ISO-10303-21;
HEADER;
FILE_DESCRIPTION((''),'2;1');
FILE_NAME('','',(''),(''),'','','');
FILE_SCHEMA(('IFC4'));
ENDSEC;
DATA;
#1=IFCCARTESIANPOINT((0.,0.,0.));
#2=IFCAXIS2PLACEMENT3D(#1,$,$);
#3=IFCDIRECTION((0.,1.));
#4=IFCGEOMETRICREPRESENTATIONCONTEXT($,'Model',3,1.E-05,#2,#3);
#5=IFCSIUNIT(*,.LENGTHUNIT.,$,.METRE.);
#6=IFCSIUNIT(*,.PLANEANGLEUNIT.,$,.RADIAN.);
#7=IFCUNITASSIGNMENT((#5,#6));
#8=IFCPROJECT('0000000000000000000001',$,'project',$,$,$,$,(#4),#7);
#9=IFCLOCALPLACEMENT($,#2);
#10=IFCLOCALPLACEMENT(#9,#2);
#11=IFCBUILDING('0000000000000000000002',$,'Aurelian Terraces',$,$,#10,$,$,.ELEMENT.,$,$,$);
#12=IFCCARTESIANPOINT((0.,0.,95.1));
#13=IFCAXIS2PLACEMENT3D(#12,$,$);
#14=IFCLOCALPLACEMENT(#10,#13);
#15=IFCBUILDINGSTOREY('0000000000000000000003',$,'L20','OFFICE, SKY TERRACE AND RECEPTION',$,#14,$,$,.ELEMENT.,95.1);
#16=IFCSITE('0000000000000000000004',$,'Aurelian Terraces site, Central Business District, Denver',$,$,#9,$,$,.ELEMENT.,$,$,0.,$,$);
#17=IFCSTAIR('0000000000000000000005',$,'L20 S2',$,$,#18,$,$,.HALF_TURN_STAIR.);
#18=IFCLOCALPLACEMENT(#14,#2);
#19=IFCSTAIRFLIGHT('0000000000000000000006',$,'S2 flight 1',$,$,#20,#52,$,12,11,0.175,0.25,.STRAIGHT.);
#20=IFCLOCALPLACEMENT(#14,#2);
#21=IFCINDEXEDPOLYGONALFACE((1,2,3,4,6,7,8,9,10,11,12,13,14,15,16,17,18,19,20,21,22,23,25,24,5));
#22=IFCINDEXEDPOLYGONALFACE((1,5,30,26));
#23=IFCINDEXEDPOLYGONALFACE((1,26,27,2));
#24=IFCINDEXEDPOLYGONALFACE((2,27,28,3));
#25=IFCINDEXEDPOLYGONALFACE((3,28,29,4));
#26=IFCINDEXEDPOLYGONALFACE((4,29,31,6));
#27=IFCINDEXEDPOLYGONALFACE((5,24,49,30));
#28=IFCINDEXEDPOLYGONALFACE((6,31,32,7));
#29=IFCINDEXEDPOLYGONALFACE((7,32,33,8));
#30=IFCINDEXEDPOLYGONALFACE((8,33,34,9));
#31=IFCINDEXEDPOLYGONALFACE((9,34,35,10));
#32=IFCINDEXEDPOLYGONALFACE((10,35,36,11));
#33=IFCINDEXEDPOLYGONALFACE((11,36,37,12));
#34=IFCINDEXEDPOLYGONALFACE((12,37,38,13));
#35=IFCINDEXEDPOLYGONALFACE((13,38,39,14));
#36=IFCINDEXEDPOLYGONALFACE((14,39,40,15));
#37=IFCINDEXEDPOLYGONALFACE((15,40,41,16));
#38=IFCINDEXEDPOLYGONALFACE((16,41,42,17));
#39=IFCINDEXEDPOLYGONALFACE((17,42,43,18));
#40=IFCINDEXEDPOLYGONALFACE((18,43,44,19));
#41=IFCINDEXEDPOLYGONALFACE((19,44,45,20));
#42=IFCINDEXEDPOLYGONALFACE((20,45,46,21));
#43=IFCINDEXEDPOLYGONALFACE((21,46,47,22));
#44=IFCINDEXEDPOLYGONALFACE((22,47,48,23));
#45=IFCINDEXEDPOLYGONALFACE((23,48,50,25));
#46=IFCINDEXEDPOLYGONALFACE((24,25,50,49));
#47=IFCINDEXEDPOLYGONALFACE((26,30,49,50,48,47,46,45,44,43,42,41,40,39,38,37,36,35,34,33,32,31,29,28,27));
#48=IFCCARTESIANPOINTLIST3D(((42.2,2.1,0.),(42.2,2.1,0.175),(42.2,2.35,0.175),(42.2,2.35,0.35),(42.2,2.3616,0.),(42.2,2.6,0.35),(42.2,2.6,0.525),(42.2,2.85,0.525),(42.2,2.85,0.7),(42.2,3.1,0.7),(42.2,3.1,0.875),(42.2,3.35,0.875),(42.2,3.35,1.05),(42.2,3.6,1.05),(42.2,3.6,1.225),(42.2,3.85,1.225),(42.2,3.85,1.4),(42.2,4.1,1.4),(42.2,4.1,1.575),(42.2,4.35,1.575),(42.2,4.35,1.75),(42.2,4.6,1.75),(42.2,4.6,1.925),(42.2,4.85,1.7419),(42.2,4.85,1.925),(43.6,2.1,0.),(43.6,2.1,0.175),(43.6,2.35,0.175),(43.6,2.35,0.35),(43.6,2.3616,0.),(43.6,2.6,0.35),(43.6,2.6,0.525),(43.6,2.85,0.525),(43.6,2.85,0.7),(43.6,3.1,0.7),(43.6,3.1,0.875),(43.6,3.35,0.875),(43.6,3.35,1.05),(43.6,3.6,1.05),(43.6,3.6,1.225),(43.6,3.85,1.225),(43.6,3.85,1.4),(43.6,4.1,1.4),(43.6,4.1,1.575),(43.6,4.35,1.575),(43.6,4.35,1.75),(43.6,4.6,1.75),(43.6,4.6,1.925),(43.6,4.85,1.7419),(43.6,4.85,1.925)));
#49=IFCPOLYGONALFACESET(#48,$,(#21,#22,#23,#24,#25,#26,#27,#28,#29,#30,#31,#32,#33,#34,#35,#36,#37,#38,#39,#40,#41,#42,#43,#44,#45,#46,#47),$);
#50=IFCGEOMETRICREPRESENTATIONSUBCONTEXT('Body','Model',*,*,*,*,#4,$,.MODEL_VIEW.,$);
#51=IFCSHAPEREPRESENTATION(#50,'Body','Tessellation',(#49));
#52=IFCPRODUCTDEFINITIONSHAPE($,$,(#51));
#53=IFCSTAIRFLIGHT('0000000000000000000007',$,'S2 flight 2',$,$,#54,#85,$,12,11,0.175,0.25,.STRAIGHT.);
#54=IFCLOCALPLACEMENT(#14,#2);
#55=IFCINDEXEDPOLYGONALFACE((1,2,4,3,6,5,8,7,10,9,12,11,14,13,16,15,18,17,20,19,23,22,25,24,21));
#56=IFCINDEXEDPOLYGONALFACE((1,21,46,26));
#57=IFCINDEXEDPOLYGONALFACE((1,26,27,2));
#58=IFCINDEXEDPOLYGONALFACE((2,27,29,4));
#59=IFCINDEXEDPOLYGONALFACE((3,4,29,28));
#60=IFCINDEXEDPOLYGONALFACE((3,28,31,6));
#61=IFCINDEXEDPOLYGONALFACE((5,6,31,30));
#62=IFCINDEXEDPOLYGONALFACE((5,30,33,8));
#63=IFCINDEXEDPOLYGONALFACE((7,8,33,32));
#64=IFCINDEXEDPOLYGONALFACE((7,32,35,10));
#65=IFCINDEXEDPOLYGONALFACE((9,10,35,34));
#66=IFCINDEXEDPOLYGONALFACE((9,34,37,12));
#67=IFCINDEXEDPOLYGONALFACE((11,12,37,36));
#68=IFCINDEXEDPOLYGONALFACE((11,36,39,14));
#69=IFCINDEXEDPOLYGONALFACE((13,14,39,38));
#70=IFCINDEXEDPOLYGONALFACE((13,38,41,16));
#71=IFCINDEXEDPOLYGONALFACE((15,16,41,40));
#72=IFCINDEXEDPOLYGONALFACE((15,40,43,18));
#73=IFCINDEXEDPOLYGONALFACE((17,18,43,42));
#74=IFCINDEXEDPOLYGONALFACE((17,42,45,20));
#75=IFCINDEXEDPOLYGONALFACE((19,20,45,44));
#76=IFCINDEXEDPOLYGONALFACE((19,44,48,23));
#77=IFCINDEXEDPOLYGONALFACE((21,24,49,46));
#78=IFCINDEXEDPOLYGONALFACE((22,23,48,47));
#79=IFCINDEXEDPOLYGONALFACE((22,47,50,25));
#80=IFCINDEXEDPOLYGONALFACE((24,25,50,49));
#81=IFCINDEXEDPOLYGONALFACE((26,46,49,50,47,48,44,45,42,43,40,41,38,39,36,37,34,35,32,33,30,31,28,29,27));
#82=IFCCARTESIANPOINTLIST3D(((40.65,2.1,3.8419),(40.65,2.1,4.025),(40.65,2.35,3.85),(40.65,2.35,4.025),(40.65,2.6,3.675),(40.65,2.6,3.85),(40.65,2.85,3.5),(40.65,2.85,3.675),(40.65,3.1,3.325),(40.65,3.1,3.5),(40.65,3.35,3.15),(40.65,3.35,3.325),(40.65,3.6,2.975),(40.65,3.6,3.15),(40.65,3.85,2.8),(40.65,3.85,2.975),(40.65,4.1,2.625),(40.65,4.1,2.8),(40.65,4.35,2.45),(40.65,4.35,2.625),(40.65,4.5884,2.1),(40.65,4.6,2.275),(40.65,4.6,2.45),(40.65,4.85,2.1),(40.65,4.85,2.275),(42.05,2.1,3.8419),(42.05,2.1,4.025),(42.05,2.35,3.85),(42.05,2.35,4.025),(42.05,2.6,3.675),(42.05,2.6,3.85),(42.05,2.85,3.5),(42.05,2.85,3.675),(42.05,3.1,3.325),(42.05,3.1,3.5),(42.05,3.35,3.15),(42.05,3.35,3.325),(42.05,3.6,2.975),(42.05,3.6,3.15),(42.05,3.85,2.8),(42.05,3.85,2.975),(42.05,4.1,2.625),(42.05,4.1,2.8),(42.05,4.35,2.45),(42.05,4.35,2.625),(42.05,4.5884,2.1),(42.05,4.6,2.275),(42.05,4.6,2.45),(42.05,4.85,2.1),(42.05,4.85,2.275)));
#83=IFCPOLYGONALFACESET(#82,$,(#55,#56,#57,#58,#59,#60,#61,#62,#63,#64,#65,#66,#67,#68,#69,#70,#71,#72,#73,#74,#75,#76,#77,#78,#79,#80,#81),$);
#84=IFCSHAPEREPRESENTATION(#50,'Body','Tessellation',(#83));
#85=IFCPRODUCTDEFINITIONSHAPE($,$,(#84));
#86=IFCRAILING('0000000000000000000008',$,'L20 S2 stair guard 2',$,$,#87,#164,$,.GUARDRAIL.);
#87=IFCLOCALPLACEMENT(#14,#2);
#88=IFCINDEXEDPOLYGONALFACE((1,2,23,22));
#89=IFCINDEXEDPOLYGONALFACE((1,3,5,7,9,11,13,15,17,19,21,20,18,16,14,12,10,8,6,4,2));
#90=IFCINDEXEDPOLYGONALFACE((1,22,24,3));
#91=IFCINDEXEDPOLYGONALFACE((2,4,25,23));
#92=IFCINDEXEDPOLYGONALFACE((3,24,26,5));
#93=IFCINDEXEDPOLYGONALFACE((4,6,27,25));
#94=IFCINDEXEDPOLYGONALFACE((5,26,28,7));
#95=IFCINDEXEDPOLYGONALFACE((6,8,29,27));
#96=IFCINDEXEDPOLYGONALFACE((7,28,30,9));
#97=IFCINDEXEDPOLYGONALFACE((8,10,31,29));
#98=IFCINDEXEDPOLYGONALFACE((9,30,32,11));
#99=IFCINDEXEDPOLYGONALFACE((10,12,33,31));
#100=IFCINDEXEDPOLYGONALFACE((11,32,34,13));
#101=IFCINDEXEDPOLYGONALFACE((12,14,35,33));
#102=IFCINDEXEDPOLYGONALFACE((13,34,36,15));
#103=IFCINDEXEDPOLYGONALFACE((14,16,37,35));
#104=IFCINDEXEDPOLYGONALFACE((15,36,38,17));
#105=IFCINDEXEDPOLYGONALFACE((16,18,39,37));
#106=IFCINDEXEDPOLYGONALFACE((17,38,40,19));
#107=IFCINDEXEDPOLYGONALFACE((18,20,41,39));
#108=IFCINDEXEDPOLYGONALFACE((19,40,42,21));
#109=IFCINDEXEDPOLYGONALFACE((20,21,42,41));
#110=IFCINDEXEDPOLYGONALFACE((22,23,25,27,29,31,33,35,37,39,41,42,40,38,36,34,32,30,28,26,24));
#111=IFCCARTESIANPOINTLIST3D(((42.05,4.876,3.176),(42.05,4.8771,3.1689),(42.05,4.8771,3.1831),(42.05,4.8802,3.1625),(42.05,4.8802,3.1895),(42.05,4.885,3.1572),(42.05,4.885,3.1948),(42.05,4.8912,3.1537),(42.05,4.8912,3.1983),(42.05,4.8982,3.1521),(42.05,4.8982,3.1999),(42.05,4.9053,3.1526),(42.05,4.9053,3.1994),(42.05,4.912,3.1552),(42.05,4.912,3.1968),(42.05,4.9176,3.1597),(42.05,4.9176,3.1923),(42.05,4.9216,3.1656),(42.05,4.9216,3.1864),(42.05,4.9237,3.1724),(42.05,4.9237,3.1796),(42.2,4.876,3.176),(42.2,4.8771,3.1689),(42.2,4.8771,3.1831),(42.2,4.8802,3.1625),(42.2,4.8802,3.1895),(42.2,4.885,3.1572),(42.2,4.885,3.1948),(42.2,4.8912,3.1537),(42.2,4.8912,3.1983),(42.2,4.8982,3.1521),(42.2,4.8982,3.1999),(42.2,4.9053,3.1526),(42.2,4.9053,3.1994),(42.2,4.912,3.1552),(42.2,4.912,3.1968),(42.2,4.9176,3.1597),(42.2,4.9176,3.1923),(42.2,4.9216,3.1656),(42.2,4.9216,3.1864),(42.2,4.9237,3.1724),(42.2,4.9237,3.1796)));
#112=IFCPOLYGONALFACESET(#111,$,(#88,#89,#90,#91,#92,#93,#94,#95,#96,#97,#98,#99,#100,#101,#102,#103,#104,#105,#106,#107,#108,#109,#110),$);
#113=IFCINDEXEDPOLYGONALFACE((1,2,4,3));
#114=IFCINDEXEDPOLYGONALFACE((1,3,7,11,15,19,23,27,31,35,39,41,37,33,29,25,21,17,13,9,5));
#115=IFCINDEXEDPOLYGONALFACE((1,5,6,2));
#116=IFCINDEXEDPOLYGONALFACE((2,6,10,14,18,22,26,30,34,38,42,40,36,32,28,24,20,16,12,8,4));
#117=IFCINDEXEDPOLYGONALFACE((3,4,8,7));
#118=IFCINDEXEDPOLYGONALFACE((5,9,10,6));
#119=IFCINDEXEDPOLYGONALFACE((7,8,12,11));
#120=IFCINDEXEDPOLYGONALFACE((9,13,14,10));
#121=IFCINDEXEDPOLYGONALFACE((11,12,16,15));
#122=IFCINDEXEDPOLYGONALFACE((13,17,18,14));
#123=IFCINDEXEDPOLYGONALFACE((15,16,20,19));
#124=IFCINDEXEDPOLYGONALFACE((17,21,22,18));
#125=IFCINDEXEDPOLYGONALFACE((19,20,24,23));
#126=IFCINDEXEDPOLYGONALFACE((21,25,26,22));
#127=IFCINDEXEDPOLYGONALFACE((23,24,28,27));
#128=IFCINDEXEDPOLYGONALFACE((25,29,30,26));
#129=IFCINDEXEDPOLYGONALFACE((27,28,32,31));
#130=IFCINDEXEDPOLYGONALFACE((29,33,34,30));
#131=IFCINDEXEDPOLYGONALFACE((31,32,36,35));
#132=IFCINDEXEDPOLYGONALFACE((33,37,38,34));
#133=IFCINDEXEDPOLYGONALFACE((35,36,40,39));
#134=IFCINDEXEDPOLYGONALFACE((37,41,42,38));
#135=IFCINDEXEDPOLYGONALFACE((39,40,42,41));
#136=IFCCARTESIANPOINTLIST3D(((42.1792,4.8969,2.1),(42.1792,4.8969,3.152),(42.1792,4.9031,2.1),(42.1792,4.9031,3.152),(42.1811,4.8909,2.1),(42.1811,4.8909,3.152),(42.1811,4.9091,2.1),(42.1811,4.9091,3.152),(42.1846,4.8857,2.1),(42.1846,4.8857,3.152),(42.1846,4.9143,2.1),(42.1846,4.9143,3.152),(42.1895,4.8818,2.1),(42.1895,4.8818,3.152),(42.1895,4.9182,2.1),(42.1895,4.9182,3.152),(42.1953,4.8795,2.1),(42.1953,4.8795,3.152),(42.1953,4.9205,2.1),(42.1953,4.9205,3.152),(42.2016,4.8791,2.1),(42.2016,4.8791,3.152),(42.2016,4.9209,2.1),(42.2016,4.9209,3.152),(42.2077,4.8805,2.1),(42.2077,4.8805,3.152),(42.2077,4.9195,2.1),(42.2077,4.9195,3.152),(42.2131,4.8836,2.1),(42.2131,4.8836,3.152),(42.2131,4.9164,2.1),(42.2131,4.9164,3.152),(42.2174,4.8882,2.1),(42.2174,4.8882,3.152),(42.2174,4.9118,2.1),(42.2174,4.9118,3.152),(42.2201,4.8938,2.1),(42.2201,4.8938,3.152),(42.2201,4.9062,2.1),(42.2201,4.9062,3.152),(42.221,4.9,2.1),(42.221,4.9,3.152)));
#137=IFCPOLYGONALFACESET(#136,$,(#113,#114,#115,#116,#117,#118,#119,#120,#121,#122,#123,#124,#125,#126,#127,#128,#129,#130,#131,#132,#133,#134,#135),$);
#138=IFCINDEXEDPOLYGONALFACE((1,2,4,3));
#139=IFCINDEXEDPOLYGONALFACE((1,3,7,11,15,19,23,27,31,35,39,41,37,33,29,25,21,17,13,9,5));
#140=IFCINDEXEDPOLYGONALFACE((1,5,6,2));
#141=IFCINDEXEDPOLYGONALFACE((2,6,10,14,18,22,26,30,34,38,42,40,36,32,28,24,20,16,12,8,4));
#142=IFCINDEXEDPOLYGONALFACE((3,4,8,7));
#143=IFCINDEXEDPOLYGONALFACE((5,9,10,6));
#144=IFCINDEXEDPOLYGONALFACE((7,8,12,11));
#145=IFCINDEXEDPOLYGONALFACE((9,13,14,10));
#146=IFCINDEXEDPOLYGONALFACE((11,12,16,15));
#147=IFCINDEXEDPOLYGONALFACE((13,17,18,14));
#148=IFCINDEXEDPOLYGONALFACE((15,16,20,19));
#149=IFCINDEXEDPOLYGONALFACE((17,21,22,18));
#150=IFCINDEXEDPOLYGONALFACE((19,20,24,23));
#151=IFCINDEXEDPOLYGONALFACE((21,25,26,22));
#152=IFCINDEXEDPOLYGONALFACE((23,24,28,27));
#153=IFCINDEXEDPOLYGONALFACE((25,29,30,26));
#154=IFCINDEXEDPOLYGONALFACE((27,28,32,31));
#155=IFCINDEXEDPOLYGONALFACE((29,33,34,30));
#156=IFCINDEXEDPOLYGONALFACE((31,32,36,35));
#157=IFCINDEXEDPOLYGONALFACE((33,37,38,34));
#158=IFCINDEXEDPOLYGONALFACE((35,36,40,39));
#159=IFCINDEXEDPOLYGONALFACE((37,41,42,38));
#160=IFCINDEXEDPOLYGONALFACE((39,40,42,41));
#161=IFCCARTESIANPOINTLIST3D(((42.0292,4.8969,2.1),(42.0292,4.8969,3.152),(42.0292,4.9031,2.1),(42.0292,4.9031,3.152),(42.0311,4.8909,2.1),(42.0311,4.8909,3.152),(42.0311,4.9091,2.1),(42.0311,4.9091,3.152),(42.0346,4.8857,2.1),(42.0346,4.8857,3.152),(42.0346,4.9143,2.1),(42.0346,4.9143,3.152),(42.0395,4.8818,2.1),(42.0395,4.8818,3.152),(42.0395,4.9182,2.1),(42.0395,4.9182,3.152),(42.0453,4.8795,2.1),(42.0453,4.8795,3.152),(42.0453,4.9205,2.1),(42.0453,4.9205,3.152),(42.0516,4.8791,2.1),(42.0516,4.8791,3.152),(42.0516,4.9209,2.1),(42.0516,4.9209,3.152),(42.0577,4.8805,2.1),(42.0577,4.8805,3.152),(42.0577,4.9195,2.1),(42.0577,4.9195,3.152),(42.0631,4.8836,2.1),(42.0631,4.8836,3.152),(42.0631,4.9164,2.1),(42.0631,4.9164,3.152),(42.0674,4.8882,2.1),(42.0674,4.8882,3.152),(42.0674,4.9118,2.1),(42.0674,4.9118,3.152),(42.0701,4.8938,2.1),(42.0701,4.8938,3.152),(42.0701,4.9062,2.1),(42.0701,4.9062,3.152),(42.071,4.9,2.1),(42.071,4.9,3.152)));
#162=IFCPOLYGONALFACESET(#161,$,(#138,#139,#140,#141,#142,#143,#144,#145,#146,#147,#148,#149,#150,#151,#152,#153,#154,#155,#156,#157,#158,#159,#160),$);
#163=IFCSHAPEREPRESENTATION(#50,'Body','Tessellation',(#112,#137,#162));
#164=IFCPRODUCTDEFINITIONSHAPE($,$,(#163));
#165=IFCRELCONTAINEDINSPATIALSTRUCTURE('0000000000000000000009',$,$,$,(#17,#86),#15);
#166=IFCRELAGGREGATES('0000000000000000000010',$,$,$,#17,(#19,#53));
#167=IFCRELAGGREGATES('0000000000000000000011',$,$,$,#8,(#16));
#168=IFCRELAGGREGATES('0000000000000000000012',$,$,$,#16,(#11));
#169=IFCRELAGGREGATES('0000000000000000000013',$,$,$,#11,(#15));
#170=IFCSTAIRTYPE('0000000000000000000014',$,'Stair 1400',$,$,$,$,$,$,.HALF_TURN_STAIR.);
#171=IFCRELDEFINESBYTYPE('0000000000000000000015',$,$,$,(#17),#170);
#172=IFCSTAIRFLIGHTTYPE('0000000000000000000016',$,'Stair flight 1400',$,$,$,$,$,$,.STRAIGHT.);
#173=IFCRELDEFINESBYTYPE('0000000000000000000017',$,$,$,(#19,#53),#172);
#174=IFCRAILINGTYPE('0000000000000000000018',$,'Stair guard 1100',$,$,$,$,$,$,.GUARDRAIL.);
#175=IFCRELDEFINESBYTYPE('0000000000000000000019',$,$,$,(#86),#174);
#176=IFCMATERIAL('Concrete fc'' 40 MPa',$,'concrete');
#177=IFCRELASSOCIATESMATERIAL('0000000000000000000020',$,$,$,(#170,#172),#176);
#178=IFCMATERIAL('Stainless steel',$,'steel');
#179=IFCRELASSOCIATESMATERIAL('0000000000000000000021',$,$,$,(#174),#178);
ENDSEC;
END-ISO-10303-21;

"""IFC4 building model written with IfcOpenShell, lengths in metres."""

from ifc_helpers import new_model, si_unit, direction, frame, origin, origin_2d, place, context, subcontext, project, spatial, polyline, circle, outline, extrude, source, transform, mapped, material, type_object, element, aggregate, save


model = new_model("IFC4")

# Units and contexts
model_context = context("Model", 3, precision=1e-05, world=origin(), true_north=direction((0.0, 1.0)))
body_context = subcontext(model_context, "Body", "Model", "MODEL_VIEW")
ifc_project = project(units=[si_unit("LENGTHUNIT", "METRE"), si_unit("PLANEANGLEUNIT", "RADIAN")], contexts=[model_context])

# Site, building, storey
site_placement = place(None, origin())
site = spatial("IfcSite", under=ifc_project, at=site_placement, Name="Aurelian Terraces site, Central Business District, Denver", CompositionType="ELEMENT", RefElevation=0.0)
building_placement = place(site_placement, origin())
building = spatial("IfcBuilding", under=site, at=building_placement, Name="Aurelian Terraces", CompositionType="ELEMENT")
storey_placement = place(building_placement, frame((0.0, 0.0, 95.1)))
storey = spatial("IfcBuildingStorey", under=building, at=storey_placement, Name="L20", Description="OFFICE, SKY TERRACE AND RECEPTION", CompositionType="ELEMENT", Elevation=95.1)

# Shared definitions
ifc_material_1 = material(Name="Concrete fc' 40 MPa", Category="concrete")

# Stair, stair flights
stair_type = type_object("IfcStairType", Name="Stair 1400", PredefinedType="HALF_TURN_STAIR", material=ifc_material_1)
stair_placement = place(storey_placement, origin())
stair = element("IfcStair", 1, at=stair_placement, inside=storey, type_object=stair_type, Name="L20 S2", PredefinedType="HALF_TURN_STAIR")
stair_flight_type = type_object("IfcStairFlightType", Name="Stair flight 1400", PredefinedType="STRAIGHT", material=ifc_material_1)
shared_shape_1 = source(origin(), body_context, "Body", "SweptSolid", [
    extrude(outline(polyline([(0.0, 0.0), (0.0, 0.175), (0.25, 0.175), (0.25, 0.35), (0.5, 0.35), (0.5, 0.525), (0.75, 0.525), (0.75, 0.7), (1.0, 0.7), (1.0, 0.875), (1.25, 0.875), (1.25, 1.05), (1.5, 1.05), (1.5, 1.225), (1.75, 1.225), (1.75, 1.4), (2.0, 1.4), (2.0, 1.575), (2.25, 1.575), (2.25, 1.75), (2.5, 1.75), (2.5, 1.925), (2.75, 1.925), (2.75, 2.1), (2.75, 1.7419), (0.2616, 0.0), (0.0, 0.0)])), frame((0.0, 0.7, 0.0), z_axis=(0.0, -1.0, 0.0), x_axis=(1.0, 0.0, 0.0)), (0.0, 0.0, 1.0), 1.4),
])
stair_flight_1_placement = place(storey_placement, frame((42.9, 2.1, 0.0), z_axis=(0.0, 0.0, 1.0), x_axis=(0.0, 1.0, 0.0)))
stair_flight_1 = element("IfcStairFlight", 2, at=stair_flight_1_placement, type_object=stair_flight_type, Name="S2 flight 1", NumberOfRisers=12, NumberOfTreads=11, PredefinedType="STRAIGHT", RiserHeight=0.175, TreadLength=0.25, context=body_context, shape_type="MappedRepresentation", body=[
    mapped(shared_shape_1, transform((0.0, 0.0, 0.0), scale=1.0)),
])
stair_flight_2_placement = place(storey_placement, frame((41.35, 4.85, 2.1), z_axis=(0.0, 0.0, 1.0), x_axis=(0.0, -1.0, 0.0)))
stair_flight_2 = element("IfcStairFlight", 3, at=stair_flight_2_placement, type_object=stair_flight_type, Name="S2 flight 2", NumberOfRisers=12, NumberOfTreads=11, PredefinedType="STRAIGHT", RiserHeight=0.175, TreadLength=0.25, context=body_context, shape_type="MappedRepresentation", body=[
    mapped(shared_shape_1, transform((0.0, 0.0, 0.0), scale=1.0)),
])
aggregate(stair, [stair_flight_1, stair_flight_2])

# Railing
ifc_material_2 = material(Name="Stainless steel", Category="steel")
railing_type_1 = type_object("IfcRailingType", Name="Stair guard 1100", PredefinedType="GUARDRAIL", material=ifc_material_2)
shared_shape_2 = source(origin(), body_context, "Body", "SweptSolid", [
    extrude(circle(Radius=0.024, at=origin_2d()), frame((0.0, 0.0, 1.076), z_axis=(-1.0, 0.0, 0.0), x_axis=(0.0, -1.0, 0.0)), (0.0, 0.0, 1.0), 0.15),
    extrude(circle(Radius=0.021, at=origin_2d()), origin(), (0.0, 0.0, 1.0), 1.052),
    extrude(circle(Radius=0.021, at=origin_2d()), frame((-0.15, 0.0, 0.0)), (0.0, 0.0, 1.0), 1.052),
])
for number, where, name in (
    (4, (42.2, 4.9, 2.1), "L20 S2 stair guard 2"),
):
    element("IfcRailing", number, at=place(storey_placement, frame(where)), inside=storey, type_object=railing_type_1, Name=name, PredefinedType="GUARDRAIL", context=body_context, shape_type="MappedRepresentation", body=[
        mapped(shared_shape_2, transform((0.0, 0.0, 0.0), scale=1.0)),
    ])

save(model, "model.ifc")
